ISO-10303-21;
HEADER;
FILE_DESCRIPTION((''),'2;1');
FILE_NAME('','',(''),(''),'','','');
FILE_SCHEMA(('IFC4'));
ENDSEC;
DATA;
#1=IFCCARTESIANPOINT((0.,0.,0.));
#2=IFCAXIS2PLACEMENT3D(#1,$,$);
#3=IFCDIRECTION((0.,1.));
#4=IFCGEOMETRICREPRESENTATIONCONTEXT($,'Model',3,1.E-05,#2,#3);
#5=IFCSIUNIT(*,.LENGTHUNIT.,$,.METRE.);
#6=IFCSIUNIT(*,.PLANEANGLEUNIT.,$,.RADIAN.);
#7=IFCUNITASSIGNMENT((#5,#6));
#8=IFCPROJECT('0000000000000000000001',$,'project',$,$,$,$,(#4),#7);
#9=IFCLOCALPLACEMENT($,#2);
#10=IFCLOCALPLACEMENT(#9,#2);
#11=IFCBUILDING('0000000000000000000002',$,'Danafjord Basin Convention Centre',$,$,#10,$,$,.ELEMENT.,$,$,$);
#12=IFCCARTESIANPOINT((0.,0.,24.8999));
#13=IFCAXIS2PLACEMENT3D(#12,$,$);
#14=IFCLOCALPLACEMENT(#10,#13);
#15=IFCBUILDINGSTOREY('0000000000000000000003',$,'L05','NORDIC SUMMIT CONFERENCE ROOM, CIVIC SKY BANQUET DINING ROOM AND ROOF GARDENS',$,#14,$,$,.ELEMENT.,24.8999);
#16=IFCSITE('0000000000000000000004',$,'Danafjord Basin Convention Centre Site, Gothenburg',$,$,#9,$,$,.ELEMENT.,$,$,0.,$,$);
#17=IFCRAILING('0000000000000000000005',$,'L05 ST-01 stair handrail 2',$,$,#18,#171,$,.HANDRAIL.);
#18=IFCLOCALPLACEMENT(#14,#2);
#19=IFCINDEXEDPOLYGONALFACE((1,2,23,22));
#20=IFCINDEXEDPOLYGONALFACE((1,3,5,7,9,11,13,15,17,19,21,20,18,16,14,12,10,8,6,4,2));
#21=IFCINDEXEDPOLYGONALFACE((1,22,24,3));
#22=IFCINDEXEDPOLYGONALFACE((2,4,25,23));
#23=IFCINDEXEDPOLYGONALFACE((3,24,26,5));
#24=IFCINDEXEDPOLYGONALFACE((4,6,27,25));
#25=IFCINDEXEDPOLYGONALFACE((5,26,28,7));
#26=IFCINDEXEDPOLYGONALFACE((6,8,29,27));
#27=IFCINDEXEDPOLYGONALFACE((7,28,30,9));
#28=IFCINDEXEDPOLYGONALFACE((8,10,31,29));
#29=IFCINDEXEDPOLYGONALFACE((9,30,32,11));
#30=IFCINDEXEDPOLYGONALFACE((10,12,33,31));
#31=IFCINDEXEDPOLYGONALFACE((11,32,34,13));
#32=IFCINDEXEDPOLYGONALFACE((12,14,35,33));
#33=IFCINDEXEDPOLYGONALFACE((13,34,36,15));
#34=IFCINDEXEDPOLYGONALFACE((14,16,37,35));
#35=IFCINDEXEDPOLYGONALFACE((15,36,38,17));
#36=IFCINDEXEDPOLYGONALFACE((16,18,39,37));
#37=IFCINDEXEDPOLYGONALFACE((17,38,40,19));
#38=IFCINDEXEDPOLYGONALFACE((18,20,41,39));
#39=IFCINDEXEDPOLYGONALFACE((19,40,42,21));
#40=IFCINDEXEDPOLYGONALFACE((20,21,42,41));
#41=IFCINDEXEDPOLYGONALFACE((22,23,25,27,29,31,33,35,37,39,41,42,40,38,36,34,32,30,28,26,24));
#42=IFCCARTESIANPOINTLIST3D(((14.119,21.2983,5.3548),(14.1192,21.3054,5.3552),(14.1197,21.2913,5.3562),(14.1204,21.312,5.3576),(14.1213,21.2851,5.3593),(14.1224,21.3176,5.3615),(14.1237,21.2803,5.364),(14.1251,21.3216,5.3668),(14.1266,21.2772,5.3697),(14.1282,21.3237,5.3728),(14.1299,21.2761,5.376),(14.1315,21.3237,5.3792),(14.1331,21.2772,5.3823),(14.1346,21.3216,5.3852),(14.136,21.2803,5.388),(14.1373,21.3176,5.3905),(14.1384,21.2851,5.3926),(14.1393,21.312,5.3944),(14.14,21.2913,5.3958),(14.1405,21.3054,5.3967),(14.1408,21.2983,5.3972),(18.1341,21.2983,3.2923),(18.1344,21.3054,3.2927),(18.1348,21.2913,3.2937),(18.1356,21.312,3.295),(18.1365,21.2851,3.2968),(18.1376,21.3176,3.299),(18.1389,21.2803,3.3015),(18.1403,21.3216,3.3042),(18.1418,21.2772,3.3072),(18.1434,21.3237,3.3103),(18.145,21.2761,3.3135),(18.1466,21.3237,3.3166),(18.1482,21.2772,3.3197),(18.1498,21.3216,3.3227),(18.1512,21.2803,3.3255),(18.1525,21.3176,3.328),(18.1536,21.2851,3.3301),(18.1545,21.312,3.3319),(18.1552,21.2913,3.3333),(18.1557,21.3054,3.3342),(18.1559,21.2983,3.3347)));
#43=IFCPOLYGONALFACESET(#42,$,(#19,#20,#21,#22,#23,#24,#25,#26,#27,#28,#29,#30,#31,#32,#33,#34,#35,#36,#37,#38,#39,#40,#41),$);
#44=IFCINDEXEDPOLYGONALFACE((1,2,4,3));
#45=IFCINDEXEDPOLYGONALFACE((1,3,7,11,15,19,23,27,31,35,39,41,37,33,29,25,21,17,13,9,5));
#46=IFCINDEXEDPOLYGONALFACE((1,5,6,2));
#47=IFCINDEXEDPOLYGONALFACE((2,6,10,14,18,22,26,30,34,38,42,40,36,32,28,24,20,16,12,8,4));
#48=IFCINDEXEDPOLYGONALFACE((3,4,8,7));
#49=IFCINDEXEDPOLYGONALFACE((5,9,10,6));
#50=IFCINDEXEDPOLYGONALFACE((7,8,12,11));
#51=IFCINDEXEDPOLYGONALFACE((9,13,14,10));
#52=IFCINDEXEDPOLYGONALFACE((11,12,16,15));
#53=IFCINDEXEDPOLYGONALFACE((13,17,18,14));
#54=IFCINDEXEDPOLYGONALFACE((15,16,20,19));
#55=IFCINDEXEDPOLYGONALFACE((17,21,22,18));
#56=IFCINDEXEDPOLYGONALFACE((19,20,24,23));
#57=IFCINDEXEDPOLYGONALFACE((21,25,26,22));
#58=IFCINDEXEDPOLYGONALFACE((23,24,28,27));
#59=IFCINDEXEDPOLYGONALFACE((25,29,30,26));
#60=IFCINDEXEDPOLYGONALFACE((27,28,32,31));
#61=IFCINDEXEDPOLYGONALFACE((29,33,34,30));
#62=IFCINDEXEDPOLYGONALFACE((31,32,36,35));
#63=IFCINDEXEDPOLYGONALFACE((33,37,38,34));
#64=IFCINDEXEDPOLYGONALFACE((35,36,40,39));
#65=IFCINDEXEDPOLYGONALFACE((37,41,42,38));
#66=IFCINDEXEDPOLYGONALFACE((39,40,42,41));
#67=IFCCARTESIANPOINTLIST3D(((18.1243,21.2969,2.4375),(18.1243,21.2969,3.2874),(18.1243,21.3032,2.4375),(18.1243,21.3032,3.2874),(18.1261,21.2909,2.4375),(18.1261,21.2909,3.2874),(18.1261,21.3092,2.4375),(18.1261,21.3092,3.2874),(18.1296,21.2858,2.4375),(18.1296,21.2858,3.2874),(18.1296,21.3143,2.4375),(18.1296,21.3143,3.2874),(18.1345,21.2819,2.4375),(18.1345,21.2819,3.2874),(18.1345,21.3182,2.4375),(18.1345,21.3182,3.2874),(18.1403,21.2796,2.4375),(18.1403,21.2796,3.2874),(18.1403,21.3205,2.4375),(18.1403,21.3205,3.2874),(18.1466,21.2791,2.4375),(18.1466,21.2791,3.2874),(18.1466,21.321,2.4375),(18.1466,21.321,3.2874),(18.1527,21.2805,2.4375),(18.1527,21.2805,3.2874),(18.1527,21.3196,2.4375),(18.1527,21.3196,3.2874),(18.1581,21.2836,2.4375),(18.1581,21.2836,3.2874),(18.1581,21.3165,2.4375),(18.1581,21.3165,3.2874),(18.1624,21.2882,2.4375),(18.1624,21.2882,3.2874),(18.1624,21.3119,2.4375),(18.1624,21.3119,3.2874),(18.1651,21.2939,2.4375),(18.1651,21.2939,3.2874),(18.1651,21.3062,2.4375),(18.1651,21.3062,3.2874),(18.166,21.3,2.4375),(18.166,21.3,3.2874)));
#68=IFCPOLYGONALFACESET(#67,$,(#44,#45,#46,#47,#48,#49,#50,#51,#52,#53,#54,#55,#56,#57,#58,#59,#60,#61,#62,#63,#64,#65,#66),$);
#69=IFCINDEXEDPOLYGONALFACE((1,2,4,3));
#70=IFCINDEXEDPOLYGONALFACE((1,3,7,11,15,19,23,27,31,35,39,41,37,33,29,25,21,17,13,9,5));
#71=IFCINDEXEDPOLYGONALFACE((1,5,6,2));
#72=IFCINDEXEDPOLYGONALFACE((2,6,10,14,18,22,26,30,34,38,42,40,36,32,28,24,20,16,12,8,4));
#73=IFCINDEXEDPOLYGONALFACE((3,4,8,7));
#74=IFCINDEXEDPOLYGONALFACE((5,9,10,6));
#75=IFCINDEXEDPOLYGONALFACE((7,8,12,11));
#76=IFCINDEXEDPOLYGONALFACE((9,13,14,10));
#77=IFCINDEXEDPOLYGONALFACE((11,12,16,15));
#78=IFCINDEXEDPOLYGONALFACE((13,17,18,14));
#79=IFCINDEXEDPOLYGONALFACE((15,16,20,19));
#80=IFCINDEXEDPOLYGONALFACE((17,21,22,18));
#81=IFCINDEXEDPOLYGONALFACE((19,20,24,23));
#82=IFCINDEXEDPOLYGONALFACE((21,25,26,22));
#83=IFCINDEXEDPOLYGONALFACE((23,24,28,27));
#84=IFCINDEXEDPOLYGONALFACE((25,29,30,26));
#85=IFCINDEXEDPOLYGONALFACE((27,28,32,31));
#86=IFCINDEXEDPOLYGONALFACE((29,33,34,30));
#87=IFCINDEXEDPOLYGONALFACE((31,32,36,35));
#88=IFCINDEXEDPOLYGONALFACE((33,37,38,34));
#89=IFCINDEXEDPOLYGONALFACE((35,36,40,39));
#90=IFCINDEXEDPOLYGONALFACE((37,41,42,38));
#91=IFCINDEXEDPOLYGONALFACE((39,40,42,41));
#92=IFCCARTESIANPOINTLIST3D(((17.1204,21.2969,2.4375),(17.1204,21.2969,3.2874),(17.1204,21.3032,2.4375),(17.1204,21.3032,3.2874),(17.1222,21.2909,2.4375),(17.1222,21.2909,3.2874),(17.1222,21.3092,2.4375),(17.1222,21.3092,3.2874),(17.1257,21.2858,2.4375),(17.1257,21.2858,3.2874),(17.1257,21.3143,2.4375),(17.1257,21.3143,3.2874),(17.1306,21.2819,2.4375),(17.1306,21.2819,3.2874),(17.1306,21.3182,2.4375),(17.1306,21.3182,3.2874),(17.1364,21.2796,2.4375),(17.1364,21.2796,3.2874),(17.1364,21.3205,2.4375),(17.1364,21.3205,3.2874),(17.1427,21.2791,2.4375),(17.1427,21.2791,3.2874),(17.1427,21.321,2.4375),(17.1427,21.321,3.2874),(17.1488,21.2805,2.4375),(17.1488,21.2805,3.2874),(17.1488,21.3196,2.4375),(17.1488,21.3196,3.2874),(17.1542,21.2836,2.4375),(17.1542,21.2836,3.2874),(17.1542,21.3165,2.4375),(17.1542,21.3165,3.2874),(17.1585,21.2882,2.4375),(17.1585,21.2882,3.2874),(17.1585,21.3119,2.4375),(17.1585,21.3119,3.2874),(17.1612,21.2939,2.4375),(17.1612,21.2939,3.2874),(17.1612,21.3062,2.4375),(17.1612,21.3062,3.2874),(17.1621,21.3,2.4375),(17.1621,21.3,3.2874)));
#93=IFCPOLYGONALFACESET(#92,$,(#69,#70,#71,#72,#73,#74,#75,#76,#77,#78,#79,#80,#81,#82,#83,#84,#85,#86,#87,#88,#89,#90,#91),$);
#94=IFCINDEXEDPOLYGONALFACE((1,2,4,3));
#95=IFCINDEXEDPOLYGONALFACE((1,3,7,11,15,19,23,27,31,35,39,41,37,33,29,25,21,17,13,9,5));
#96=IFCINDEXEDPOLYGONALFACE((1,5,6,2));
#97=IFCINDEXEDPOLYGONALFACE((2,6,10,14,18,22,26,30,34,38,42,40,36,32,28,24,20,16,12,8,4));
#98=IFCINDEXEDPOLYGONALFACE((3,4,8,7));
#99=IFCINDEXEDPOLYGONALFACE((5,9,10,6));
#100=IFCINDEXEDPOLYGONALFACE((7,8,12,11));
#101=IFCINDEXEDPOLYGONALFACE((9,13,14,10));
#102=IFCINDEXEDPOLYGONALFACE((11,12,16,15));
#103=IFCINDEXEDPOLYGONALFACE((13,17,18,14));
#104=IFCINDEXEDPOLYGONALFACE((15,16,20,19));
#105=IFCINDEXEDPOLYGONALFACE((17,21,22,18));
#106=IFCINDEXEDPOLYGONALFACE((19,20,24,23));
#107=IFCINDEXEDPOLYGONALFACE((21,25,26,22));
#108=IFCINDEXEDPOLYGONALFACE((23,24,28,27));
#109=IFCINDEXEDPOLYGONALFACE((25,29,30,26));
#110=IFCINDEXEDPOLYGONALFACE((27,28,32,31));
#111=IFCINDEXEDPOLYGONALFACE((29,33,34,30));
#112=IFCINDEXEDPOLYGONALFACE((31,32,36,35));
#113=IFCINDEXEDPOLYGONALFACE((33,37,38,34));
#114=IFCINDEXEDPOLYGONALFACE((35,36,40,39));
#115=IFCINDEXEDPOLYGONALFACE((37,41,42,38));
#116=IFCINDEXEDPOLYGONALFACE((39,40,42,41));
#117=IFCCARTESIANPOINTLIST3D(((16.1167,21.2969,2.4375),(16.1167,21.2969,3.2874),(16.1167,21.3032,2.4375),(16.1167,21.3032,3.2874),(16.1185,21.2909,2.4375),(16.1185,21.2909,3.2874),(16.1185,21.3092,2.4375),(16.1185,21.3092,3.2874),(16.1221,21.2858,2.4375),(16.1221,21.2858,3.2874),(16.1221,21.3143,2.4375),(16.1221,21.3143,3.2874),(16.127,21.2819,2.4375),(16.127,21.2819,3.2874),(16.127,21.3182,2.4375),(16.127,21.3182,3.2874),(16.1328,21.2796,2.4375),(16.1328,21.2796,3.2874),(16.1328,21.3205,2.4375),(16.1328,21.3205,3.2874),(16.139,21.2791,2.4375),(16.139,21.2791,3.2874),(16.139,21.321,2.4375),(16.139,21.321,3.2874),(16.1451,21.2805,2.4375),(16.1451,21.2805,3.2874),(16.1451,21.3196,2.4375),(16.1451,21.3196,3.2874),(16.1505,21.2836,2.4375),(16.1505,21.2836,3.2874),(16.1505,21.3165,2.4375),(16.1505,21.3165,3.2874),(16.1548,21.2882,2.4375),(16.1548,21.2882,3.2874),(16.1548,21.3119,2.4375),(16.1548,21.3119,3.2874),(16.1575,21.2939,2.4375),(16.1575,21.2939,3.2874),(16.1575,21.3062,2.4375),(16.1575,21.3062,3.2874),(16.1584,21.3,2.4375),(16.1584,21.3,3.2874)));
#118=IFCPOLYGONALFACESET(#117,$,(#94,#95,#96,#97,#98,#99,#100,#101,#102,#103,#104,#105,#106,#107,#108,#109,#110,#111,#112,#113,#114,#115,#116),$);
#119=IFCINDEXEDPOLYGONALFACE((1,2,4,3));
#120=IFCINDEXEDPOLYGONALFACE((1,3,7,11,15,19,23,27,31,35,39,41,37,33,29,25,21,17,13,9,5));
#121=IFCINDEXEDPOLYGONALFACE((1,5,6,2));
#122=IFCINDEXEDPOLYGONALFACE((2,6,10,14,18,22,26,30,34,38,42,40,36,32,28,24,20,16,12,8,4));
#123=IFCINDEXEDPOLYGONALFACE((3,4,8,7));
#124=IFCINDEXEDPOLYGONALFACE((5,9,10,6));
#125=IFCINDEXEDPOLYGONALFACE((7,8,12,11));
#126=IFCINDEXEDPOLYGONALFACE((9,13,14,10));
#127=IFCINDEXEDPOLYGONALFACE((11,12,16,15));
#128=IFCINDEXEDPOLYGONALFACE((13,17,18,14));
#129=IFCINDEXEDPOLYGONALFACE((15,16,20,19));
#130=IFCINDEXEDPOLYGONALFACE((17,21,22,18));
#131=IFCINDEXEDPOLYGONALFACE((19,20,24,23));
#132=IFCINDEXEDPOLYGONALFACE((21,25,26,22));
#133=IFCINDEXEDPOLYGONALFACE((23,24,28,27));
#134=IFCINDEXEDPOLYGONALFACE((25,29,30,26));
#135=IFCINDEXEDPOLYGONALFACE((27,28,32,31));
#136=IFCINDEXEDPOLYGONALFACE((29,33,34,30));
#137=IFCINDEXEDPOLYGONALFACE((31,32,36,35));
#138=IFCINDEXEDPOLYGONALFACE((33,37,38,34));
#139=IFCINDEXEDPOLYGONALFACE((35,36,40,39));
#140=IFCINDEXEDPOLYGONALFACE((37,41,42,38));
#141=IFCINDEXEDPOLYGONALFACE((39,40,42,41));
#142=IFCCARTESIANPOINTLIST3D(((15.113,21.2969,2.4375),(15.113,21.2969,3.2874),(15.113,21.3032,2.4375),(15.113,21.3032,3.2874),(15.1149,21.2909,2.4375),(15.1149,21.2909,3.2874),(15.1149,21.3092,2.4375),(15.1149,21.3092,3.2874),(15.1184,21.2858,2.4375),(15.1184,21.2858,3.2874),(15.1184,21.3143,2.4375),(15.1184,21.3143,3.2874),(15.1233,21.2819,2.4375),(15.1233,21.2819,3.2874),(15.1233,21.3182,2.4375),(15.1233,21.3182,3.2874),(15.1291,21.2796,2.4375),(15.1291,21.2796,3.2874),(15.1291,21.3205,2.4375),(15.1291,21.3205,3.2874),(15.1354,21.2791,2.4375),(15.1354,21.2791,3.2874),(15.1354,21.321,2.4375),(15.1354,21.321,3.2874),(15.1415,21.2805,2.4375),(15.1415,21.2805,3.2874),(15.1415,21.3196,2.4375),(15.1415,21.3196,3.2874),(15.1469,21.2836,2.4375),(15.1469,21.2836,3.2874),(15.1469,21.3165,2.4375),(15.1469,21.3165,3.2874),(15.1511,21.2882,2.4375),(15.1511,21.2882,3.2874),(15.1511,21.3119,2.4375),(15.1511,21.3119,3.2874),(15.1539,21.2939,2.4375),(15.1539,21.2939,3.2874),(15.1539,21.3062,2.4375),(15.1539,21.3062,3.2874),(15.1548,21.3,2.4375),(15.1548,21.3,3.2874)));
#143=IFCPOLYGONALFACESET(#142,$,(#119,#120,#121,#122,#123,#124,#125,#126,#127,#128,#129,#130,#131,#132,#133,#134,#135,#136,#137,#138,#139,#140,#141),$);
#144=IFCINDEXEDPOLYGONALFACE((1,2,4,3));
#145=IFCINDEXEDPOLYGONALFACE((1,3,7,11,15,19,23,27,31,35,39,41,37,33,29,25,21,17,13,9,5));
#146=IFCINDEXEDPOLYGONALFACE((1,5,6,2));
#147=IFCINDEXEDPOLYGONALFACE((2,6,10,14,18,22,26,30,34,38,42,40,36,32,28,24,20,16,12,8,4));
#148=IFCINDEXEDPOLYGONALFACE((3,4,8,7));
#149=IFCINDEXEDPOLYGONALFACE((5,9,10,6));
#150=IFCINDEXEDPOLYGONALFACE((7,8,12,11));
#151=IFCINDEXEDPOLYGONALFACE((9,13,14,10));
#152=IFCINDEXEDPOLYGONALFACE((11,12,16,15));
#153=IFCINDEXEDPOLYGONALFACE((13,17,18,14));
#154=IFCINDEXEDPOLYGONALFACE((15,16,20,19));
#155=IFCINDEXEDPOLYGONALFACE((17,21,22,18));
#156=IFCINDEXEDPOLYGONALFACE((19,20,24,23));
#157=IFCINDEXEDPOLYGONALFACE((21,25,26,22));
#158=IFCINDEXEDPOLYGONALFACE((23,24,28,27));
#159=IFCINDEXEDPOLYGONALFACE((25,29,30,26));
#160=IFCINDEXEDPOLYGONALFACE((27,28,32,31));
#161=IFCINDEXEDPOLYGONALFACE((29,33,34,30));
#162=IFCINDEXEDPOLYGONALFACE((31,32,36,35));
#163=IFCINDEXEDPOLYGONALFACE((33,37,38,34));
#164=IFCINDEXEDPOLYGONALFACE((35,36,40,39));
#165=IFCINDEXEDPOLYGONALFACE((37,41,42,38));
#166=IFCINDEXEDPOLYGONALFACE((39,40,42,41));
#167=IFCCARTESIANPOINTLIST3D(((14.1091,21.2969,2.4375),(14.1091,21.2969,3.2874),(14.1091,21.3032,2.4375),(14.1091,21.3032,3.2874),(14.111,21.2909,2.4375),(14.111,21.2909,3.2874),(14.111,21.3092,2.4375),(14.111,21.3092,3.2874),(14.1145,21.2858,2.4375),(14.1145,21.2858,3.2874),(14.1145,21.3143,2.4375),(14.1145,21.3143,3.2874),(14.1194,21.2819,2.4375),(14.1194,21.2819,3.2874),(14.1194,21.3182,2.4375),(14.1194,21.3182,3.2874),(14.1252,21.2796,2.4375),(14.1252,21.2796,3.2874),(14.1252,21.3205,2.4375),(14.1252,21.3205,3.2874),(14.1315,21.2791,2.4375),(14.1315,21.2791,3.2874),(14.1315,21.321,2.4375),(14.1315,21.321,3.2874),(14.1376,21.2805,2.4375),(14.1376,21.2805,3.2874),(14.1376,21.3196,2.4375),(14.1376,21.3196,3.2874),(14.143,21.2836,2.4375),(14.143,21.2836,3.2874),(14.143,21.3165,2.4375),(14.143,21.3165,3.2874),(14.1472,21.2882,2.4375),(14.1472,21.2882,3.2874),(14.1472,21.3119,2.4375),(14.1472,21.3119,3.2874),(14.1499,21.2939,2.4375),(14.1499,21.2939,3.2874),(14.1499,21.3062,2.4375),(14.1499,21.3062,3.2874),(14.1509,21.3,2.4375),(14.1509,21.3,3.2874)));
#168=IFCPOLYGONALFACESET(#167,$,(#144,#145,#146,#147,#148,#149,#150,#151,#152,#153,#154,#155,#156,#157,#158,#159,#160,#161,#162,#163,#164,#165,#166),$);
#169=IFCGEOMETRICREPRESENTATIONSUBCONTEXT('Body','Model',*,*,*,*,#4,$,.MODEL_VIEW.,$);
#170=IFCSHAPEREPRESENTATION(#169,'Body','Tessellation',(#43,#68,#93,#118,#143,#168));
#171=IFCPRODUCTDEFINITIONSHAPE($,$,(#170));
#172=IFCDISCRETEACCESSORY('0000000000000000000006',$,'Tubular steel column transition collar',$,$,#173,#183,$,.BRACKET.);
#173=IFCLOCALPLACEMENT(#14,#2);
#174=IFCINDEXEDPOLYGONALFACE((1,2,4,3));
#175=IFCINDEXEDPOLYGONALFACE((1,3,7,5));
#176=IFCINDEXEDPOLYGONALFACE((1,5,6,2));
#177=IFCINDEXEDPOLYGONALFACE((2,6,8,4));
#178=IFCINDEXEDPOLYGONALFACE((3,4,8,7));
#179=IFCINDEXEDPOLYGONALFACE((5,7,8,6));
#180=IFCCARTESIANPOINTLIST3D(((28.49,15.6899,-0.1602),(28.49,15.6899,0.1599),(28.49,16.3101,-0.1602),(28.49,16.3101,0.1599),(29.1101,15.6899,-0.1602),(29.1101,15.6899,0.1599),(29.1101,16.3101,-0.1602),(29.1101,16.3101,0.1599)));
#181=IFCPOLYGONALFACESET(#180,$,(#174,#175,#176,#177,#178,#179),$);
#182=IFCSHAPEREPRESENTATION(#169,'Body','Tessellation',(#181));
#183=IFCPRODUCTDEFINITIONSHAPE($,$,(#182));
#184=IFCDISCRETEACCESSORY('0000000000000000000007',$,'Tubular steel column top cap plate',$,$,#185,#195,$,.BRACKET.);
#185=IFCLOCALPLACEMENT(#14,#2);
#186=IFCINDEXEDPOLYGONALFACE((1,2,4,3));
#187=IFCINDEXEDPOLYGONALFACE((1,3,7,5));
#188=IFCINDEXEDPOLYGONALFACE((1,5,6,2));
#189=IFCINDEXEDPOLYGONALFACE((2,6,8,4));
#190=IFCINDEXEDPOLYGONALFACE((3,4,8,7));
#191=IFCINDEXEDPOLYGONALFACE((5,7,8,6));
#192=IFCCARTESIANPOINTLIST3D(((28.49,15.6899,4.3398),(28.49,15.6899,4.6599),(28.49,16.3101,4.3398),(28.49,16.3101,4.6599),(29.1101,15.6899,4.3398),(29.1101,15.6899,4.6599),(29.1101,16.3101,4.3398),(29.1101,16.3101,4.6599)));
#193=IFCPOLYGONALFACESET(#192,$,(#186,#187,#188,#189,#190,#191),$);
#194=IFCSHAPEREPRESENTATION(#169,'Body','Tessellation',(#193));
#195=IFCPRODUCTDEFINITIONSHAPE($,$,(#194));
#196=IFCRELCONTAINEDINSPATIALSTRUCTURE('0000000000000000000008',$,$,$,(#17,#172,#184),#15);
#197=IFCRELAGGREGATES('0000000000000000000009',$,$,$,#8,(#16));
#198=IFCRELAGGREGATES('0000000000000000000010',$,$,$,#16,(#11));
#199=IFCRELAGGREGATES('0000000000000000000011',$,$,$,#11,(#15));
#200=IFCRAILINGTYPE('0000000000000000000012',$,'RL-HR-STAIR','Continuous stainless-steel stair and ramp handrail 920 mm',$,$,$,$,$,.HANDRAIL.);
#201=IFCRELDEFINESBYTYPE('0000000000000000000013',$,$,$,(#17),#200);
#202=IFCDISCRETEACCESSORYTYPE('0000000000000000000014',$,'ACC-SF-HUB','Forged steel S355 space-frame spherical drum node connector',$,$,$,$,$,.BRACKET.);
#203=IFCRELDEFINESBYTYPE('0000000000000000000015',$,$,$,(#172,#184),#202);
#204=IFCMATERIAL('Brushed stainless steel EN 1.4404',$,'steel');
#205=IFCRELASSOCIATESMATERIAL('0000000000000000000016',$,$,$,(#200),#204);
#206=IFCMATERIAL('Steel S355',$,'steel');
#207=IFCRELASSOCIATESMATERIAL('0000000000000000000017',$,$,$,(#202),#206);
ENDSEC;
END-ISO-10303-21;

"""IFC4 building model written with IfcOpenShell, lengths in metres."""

from ifc_helpers import new_model, si_unit, direction, frame, origin, origin_2d, place, context, subcontext, project, spatial, rectangle, circle, extrude, material, type_object, element, save


model = new_model("IFC4")

# Units and contexts
model_context = context("Model", 3, precision=1e-05, world=origin(), true_north=direction((0.0, 1.0)))
body_context = subcontext(model_context, "Body", "Model", "MODEL_VIEW")
ifc_project = project(units=[si_unit("LENGTHUNIT", "METRE"), si_unit("PLANEANGLEUNIT", "RADIAN")], contexts=[model_context])

# Site, building, storey
site_placement = place(None, origin())
site = spatial("IfcSite", under=ifc_project, at=site_placement, Name="Danafjord Basin Convention Centre Site, Gothenburg", CompositionType="ELEMENT", RefElevation=0.0)
building_placement = place(site_placement, origin())
building = spatial("IfcBuilding", under=site, at=building_placement, Name="Danafjord Basin Convention Centre", CompositionType="ELEMENT")
storey_placement = place(building_placement, frame((0.0, 0.0, 24.8999)))
storey = spatial("IfcBuildingStorey", under=building, at=storey_placement, Name="L05", Description="NORDIC SUMMIT CONFERENCE ROOM, CIVIC SKY BANQUET DINING ROOM AND ROOF GARDENS", CompositionType="ELEMENT", Elevation=24.8999)

# Shared definitions
ifc_material_1 = material(Name="Steel S355", Category="steel")

# Railing
ifc_material_2 = material(Name="Brushed stainless steel EN 1.4404", Category="steel")
railing_type_1 = type_object("IfcRailingType", Name="RL-HR-STAIR", Description="Continuous stainless-steel stair and ramp handrail 920 mm", PredefinedType="HANDRAIL", material=ifc_material_2)
railing_1_placement = place(storey_placement, frame((18.145, 21.3, 2.4375)))
element("IfcRailing", 1, at=railing_1_placement, inside=storey, type_object=railing_type_1, Name="L05 ST-01 stair handrail 2", PredefinedType="HANDRAIL", context=body_context, shape_type="SweptSolid", body=[
    extrude(circle(Radius=0.0239, at=origin_2d()), frame((0.0, 0.0, 0.876), z_axis=(-0.889506, 0.0, 0.456923), x_axis=(0.0, -1.0, 0.0)), (0.0, 0.0, 1.0), 4.5139),
    extrude(circle(Radius=0.021, at=origin_2d()), origin(), (0.0, 0.0, 1.0), 0.8499),
    extrude(circle(Radius=0.021, at=origin_2d()), frame((-1.0039, 0.0, 0.0)), (0.0, 0.0, 1.0), 0.8499),
    extrude(circle(Radius=0.021, at=origin_2d()), frame((-2.0076, 0.0, 0.0)), (0.0, 0.0, 1.0), 0.8499),
    extrude(circle(Radius=0.021, at=origin_2d()), frame((-3.0112, 0.0, 0.0)), (0.0, 0.0, 1.0), 0.8499),
    extrude(circle(Radius=0.021, at=origin_2d()), frame((-4.0151, 0.0, 0.0)), (0.0, 0.0, 1.0), 0.8499),
])

# Discrete accessories
discrete_accessory_type = type_object("IfcDiscreteAccessoryType", Name="ACC-SF-HUB", Description="Forged steel S355 space-frame spherical drum node connector", PredefinedType="BRACKET", material=ifc_material_1)
for number, where, z_axis, x_axis, name in (
    (2, (28.8, 16.0, -0.1602), (0.0, 0.0, 1.0), (1.0, 0.0, 0.0), "Tubular steel column transition collar"),
    (3, (28.8, 16.0, 4.3398), (0.0, 0.0, 1.0), (1.0, 0.0, 0.0), "Tubular steel column top cap plate"),
):
    element("IfcDiscreteAccessory", number, at=place(storey_placement, frame(where, z_axis=z_axis, x_axis=x_axis)), inside=storey, type_object=discrete_accessory_type, Name=name, PredefinedType="BRACKET", context=body_context, shape_type="SweptSolid", body=[
        extrude(rectangle(XDim=0.6201, YDim=0.6201, at=origin_2d()), origin(), (0.0, 0.0, 1.0), 0.3201),
    ])

save(model, "model.ifc")
